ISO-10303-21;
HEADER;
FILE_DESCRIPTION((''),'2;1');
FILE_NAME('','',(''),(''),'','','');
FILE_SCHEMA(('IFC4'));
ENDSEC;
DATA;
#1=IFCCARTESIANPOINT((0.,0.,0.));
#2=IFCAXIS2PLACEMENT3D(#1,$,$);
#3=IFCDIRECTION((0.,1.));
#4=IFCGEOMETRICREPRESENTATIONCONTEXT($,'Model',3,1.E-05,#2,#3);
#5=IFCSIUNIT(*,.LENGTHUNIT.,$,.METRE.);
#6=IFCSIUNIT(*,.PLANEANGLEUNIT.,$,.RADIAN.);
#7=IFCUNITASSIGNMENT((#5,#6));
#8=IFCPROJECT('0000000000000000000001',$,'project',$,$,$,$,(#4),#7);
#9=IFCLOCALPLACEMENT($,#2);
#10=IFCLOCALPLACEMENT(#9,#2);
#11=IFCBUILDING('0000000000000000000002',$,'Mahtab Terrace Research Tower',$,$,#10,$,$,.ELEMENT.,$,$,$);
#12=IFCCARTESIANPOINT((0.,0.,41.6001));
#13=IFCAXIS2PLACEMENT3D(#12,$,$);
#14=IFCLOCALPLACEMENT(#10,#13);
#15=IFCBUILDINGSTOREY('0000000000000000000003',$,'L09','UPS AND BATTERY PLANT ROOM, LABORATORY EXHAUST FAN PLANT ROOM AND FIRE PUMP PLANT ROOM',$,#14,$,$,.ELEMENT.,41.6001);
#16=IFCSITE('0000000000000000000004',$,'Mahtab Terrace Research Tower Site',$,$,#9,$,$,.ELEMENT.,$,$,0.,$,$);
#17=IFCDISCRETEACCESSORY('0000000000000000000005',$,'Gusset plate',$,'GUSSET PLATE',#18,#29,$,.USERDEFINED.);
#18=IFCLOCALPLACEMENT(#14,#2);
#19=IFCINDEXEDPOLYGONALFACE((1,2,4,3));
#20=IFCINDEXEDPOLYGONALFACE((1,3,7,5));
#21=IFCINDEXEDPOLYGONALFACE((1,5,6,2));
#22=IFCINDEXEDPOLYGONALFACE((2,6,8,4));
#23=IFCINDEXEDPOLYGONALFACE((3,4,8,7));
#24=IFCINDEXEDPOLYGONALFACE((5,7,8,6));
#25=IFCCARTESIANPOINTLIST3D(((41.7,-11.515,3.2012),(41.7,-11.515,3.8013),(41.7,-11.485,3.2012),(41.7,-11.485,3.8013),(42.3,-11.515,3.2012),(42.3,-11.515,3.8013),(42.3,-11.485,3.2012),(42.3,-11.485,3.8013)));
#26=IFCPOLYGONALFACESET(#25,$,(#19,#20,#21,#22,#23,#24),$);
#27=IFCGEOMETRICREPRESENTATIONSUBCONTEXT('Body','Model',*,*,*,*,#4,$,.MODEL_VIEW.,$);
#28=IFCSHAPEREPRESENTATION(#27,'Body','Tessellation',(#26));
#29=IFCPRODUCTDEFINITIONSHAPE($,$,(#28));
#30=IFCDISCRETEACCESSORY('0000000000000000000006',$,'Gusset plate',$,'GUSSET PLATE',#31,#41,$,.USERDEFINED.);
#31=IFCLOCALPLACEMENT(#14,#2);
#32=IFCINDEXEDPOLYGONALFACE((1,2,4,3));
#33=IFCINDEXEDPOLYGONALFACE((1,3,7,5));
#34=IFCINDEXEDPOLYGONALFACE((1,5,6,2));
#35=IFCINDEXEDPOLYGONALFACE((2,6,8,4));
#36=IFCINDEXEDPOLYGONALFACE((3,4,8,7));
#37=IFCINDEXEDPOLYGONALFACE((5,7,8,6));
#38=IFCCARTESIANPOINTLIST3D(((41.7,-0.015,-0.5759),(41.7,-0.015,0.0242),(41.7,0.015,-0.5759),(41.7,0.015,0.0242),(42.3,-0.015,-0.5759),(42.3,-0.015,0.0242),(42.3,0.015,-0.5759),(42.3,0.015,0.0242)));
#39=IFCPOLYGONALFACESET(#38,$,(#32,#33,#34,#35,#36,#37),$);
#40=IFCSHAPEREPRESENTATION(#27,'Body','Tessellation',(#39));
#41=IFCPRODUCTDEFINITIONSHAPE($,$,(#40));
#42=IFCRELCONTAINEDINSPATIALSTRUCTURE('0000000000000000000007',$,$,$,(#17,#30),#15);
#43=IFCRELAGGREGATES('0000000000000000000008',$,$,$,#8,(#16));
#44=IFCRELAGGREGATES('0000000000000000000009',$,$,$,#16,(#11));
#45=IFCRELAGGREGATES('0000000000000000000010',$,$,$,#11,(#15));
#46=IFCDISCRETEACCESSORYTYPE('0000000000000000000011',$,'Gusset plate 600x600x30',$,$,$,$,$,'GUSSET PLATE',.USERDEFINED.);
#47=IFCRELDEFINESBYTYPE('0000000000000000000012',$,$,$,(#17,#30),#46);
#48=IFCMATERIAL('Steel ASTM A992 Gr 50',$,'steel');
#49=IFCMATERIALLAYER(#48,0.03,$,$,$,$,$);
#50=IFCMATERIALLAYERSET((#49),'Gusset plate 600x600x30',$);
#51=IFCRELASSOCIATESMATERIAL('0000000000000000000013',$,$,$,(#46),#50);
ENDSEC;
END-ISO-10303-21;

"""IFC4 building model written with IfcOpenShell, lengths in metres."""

from ifc_helpers import new_model, si_unit, direction, frame, origin, origin_2d, place, context, subcontext, project, spatial, rectangle, extrude, material, layer, layer_set, type_object, element, save


model = new_model("IFC4")

# Units and contexts
model_context = context("Model", 3, precision=1e-05, world=origin(), true_north=direction((0.0, 1.0)))
body_context = subcontext(model_context, "Body", "Model", "MODEL_VIEW")
ifc_project = project(units=[si_unit("LENGTHUNIT", "METRE"), si_unit("PLANEANGLEUNIT", "RADIAN")], contexts=[model_context])

# Site, building, storey
site_placement = place(None, origin())
site = spatial("IfcSite", under=ifc_project, at=site_placement, Name="Mahtab Terrace Research Tower Site", CompositionType="ELEMENT", RefElevation=0.0)
building_placement = place(site_placement, origin())
building = spatial("IfcBuilding", under=site, at=building_placement, Name="Mahtab Terrace Research Tower", CompositionType="ELEMENT")
storey_placement = place(building_placement, frame((0.0, 0.0, 41.6001)))
storey = spatial("IfcBuildingStorey", under=building, at=storey_placement, Name="L09", Description="UPS AND BATTERY PLANT ROOM, LABORATORY EXHAUST FAN PLANT ROOM AND FIRE PUMP PLANT ROOM", CompositionType="ELEMENT", Elevation=41.6001)

# Shared definitions
ifc_material_1 = material(Name="Steel ASTM A992 Gr 50", Category="steel")

# Discrete accessories
ifc_layer_1 = layer(ifc_material_1, 0.03)
ifc_layer_set_1 = layer_set([ifc_layer_1], Name="Gusset plate 600x600x30")
discrete_accessory_type = type_object("IfcDiscreteAccessoryType", Name="Gusset plate 600x600x30", ElementType="GUSSET PLATE", PredefinedType="USERDEFINED", material=ifc_layer_set_1)
for number, where, z_axis, x_axis, name in (
    (1, (42.0, -11.5, 3.2012), (0.0, 0.0, 1.0), (1.0, 0.0, 0.0), "Gusset plate"),
    (2, (42.0, 0.0, -0.5759), (0.0, 0.0, 1.0), (1.0, 0.0, 0.0), "Gusset plate"),
):
    element("IfcDiscreteAccessory", number, at=place(storey_placement, frame(where, z_axis=z_axis, x_axis=x_axis)), inside=storey, type_object=discrete_accessory_type, Name=name, ObjectType="GUSSET PLATE", PredefinedType="USERDEFINED", context=body_context, shape_type="SweptSolid", body=[
        extrude(rectangle(XDim=0.6001, YDim=0.03, at=origin_2d()), origin(), (0.0, 0.0, 1.0), 0.6001),
    ])

save(model, "model.ifc")
